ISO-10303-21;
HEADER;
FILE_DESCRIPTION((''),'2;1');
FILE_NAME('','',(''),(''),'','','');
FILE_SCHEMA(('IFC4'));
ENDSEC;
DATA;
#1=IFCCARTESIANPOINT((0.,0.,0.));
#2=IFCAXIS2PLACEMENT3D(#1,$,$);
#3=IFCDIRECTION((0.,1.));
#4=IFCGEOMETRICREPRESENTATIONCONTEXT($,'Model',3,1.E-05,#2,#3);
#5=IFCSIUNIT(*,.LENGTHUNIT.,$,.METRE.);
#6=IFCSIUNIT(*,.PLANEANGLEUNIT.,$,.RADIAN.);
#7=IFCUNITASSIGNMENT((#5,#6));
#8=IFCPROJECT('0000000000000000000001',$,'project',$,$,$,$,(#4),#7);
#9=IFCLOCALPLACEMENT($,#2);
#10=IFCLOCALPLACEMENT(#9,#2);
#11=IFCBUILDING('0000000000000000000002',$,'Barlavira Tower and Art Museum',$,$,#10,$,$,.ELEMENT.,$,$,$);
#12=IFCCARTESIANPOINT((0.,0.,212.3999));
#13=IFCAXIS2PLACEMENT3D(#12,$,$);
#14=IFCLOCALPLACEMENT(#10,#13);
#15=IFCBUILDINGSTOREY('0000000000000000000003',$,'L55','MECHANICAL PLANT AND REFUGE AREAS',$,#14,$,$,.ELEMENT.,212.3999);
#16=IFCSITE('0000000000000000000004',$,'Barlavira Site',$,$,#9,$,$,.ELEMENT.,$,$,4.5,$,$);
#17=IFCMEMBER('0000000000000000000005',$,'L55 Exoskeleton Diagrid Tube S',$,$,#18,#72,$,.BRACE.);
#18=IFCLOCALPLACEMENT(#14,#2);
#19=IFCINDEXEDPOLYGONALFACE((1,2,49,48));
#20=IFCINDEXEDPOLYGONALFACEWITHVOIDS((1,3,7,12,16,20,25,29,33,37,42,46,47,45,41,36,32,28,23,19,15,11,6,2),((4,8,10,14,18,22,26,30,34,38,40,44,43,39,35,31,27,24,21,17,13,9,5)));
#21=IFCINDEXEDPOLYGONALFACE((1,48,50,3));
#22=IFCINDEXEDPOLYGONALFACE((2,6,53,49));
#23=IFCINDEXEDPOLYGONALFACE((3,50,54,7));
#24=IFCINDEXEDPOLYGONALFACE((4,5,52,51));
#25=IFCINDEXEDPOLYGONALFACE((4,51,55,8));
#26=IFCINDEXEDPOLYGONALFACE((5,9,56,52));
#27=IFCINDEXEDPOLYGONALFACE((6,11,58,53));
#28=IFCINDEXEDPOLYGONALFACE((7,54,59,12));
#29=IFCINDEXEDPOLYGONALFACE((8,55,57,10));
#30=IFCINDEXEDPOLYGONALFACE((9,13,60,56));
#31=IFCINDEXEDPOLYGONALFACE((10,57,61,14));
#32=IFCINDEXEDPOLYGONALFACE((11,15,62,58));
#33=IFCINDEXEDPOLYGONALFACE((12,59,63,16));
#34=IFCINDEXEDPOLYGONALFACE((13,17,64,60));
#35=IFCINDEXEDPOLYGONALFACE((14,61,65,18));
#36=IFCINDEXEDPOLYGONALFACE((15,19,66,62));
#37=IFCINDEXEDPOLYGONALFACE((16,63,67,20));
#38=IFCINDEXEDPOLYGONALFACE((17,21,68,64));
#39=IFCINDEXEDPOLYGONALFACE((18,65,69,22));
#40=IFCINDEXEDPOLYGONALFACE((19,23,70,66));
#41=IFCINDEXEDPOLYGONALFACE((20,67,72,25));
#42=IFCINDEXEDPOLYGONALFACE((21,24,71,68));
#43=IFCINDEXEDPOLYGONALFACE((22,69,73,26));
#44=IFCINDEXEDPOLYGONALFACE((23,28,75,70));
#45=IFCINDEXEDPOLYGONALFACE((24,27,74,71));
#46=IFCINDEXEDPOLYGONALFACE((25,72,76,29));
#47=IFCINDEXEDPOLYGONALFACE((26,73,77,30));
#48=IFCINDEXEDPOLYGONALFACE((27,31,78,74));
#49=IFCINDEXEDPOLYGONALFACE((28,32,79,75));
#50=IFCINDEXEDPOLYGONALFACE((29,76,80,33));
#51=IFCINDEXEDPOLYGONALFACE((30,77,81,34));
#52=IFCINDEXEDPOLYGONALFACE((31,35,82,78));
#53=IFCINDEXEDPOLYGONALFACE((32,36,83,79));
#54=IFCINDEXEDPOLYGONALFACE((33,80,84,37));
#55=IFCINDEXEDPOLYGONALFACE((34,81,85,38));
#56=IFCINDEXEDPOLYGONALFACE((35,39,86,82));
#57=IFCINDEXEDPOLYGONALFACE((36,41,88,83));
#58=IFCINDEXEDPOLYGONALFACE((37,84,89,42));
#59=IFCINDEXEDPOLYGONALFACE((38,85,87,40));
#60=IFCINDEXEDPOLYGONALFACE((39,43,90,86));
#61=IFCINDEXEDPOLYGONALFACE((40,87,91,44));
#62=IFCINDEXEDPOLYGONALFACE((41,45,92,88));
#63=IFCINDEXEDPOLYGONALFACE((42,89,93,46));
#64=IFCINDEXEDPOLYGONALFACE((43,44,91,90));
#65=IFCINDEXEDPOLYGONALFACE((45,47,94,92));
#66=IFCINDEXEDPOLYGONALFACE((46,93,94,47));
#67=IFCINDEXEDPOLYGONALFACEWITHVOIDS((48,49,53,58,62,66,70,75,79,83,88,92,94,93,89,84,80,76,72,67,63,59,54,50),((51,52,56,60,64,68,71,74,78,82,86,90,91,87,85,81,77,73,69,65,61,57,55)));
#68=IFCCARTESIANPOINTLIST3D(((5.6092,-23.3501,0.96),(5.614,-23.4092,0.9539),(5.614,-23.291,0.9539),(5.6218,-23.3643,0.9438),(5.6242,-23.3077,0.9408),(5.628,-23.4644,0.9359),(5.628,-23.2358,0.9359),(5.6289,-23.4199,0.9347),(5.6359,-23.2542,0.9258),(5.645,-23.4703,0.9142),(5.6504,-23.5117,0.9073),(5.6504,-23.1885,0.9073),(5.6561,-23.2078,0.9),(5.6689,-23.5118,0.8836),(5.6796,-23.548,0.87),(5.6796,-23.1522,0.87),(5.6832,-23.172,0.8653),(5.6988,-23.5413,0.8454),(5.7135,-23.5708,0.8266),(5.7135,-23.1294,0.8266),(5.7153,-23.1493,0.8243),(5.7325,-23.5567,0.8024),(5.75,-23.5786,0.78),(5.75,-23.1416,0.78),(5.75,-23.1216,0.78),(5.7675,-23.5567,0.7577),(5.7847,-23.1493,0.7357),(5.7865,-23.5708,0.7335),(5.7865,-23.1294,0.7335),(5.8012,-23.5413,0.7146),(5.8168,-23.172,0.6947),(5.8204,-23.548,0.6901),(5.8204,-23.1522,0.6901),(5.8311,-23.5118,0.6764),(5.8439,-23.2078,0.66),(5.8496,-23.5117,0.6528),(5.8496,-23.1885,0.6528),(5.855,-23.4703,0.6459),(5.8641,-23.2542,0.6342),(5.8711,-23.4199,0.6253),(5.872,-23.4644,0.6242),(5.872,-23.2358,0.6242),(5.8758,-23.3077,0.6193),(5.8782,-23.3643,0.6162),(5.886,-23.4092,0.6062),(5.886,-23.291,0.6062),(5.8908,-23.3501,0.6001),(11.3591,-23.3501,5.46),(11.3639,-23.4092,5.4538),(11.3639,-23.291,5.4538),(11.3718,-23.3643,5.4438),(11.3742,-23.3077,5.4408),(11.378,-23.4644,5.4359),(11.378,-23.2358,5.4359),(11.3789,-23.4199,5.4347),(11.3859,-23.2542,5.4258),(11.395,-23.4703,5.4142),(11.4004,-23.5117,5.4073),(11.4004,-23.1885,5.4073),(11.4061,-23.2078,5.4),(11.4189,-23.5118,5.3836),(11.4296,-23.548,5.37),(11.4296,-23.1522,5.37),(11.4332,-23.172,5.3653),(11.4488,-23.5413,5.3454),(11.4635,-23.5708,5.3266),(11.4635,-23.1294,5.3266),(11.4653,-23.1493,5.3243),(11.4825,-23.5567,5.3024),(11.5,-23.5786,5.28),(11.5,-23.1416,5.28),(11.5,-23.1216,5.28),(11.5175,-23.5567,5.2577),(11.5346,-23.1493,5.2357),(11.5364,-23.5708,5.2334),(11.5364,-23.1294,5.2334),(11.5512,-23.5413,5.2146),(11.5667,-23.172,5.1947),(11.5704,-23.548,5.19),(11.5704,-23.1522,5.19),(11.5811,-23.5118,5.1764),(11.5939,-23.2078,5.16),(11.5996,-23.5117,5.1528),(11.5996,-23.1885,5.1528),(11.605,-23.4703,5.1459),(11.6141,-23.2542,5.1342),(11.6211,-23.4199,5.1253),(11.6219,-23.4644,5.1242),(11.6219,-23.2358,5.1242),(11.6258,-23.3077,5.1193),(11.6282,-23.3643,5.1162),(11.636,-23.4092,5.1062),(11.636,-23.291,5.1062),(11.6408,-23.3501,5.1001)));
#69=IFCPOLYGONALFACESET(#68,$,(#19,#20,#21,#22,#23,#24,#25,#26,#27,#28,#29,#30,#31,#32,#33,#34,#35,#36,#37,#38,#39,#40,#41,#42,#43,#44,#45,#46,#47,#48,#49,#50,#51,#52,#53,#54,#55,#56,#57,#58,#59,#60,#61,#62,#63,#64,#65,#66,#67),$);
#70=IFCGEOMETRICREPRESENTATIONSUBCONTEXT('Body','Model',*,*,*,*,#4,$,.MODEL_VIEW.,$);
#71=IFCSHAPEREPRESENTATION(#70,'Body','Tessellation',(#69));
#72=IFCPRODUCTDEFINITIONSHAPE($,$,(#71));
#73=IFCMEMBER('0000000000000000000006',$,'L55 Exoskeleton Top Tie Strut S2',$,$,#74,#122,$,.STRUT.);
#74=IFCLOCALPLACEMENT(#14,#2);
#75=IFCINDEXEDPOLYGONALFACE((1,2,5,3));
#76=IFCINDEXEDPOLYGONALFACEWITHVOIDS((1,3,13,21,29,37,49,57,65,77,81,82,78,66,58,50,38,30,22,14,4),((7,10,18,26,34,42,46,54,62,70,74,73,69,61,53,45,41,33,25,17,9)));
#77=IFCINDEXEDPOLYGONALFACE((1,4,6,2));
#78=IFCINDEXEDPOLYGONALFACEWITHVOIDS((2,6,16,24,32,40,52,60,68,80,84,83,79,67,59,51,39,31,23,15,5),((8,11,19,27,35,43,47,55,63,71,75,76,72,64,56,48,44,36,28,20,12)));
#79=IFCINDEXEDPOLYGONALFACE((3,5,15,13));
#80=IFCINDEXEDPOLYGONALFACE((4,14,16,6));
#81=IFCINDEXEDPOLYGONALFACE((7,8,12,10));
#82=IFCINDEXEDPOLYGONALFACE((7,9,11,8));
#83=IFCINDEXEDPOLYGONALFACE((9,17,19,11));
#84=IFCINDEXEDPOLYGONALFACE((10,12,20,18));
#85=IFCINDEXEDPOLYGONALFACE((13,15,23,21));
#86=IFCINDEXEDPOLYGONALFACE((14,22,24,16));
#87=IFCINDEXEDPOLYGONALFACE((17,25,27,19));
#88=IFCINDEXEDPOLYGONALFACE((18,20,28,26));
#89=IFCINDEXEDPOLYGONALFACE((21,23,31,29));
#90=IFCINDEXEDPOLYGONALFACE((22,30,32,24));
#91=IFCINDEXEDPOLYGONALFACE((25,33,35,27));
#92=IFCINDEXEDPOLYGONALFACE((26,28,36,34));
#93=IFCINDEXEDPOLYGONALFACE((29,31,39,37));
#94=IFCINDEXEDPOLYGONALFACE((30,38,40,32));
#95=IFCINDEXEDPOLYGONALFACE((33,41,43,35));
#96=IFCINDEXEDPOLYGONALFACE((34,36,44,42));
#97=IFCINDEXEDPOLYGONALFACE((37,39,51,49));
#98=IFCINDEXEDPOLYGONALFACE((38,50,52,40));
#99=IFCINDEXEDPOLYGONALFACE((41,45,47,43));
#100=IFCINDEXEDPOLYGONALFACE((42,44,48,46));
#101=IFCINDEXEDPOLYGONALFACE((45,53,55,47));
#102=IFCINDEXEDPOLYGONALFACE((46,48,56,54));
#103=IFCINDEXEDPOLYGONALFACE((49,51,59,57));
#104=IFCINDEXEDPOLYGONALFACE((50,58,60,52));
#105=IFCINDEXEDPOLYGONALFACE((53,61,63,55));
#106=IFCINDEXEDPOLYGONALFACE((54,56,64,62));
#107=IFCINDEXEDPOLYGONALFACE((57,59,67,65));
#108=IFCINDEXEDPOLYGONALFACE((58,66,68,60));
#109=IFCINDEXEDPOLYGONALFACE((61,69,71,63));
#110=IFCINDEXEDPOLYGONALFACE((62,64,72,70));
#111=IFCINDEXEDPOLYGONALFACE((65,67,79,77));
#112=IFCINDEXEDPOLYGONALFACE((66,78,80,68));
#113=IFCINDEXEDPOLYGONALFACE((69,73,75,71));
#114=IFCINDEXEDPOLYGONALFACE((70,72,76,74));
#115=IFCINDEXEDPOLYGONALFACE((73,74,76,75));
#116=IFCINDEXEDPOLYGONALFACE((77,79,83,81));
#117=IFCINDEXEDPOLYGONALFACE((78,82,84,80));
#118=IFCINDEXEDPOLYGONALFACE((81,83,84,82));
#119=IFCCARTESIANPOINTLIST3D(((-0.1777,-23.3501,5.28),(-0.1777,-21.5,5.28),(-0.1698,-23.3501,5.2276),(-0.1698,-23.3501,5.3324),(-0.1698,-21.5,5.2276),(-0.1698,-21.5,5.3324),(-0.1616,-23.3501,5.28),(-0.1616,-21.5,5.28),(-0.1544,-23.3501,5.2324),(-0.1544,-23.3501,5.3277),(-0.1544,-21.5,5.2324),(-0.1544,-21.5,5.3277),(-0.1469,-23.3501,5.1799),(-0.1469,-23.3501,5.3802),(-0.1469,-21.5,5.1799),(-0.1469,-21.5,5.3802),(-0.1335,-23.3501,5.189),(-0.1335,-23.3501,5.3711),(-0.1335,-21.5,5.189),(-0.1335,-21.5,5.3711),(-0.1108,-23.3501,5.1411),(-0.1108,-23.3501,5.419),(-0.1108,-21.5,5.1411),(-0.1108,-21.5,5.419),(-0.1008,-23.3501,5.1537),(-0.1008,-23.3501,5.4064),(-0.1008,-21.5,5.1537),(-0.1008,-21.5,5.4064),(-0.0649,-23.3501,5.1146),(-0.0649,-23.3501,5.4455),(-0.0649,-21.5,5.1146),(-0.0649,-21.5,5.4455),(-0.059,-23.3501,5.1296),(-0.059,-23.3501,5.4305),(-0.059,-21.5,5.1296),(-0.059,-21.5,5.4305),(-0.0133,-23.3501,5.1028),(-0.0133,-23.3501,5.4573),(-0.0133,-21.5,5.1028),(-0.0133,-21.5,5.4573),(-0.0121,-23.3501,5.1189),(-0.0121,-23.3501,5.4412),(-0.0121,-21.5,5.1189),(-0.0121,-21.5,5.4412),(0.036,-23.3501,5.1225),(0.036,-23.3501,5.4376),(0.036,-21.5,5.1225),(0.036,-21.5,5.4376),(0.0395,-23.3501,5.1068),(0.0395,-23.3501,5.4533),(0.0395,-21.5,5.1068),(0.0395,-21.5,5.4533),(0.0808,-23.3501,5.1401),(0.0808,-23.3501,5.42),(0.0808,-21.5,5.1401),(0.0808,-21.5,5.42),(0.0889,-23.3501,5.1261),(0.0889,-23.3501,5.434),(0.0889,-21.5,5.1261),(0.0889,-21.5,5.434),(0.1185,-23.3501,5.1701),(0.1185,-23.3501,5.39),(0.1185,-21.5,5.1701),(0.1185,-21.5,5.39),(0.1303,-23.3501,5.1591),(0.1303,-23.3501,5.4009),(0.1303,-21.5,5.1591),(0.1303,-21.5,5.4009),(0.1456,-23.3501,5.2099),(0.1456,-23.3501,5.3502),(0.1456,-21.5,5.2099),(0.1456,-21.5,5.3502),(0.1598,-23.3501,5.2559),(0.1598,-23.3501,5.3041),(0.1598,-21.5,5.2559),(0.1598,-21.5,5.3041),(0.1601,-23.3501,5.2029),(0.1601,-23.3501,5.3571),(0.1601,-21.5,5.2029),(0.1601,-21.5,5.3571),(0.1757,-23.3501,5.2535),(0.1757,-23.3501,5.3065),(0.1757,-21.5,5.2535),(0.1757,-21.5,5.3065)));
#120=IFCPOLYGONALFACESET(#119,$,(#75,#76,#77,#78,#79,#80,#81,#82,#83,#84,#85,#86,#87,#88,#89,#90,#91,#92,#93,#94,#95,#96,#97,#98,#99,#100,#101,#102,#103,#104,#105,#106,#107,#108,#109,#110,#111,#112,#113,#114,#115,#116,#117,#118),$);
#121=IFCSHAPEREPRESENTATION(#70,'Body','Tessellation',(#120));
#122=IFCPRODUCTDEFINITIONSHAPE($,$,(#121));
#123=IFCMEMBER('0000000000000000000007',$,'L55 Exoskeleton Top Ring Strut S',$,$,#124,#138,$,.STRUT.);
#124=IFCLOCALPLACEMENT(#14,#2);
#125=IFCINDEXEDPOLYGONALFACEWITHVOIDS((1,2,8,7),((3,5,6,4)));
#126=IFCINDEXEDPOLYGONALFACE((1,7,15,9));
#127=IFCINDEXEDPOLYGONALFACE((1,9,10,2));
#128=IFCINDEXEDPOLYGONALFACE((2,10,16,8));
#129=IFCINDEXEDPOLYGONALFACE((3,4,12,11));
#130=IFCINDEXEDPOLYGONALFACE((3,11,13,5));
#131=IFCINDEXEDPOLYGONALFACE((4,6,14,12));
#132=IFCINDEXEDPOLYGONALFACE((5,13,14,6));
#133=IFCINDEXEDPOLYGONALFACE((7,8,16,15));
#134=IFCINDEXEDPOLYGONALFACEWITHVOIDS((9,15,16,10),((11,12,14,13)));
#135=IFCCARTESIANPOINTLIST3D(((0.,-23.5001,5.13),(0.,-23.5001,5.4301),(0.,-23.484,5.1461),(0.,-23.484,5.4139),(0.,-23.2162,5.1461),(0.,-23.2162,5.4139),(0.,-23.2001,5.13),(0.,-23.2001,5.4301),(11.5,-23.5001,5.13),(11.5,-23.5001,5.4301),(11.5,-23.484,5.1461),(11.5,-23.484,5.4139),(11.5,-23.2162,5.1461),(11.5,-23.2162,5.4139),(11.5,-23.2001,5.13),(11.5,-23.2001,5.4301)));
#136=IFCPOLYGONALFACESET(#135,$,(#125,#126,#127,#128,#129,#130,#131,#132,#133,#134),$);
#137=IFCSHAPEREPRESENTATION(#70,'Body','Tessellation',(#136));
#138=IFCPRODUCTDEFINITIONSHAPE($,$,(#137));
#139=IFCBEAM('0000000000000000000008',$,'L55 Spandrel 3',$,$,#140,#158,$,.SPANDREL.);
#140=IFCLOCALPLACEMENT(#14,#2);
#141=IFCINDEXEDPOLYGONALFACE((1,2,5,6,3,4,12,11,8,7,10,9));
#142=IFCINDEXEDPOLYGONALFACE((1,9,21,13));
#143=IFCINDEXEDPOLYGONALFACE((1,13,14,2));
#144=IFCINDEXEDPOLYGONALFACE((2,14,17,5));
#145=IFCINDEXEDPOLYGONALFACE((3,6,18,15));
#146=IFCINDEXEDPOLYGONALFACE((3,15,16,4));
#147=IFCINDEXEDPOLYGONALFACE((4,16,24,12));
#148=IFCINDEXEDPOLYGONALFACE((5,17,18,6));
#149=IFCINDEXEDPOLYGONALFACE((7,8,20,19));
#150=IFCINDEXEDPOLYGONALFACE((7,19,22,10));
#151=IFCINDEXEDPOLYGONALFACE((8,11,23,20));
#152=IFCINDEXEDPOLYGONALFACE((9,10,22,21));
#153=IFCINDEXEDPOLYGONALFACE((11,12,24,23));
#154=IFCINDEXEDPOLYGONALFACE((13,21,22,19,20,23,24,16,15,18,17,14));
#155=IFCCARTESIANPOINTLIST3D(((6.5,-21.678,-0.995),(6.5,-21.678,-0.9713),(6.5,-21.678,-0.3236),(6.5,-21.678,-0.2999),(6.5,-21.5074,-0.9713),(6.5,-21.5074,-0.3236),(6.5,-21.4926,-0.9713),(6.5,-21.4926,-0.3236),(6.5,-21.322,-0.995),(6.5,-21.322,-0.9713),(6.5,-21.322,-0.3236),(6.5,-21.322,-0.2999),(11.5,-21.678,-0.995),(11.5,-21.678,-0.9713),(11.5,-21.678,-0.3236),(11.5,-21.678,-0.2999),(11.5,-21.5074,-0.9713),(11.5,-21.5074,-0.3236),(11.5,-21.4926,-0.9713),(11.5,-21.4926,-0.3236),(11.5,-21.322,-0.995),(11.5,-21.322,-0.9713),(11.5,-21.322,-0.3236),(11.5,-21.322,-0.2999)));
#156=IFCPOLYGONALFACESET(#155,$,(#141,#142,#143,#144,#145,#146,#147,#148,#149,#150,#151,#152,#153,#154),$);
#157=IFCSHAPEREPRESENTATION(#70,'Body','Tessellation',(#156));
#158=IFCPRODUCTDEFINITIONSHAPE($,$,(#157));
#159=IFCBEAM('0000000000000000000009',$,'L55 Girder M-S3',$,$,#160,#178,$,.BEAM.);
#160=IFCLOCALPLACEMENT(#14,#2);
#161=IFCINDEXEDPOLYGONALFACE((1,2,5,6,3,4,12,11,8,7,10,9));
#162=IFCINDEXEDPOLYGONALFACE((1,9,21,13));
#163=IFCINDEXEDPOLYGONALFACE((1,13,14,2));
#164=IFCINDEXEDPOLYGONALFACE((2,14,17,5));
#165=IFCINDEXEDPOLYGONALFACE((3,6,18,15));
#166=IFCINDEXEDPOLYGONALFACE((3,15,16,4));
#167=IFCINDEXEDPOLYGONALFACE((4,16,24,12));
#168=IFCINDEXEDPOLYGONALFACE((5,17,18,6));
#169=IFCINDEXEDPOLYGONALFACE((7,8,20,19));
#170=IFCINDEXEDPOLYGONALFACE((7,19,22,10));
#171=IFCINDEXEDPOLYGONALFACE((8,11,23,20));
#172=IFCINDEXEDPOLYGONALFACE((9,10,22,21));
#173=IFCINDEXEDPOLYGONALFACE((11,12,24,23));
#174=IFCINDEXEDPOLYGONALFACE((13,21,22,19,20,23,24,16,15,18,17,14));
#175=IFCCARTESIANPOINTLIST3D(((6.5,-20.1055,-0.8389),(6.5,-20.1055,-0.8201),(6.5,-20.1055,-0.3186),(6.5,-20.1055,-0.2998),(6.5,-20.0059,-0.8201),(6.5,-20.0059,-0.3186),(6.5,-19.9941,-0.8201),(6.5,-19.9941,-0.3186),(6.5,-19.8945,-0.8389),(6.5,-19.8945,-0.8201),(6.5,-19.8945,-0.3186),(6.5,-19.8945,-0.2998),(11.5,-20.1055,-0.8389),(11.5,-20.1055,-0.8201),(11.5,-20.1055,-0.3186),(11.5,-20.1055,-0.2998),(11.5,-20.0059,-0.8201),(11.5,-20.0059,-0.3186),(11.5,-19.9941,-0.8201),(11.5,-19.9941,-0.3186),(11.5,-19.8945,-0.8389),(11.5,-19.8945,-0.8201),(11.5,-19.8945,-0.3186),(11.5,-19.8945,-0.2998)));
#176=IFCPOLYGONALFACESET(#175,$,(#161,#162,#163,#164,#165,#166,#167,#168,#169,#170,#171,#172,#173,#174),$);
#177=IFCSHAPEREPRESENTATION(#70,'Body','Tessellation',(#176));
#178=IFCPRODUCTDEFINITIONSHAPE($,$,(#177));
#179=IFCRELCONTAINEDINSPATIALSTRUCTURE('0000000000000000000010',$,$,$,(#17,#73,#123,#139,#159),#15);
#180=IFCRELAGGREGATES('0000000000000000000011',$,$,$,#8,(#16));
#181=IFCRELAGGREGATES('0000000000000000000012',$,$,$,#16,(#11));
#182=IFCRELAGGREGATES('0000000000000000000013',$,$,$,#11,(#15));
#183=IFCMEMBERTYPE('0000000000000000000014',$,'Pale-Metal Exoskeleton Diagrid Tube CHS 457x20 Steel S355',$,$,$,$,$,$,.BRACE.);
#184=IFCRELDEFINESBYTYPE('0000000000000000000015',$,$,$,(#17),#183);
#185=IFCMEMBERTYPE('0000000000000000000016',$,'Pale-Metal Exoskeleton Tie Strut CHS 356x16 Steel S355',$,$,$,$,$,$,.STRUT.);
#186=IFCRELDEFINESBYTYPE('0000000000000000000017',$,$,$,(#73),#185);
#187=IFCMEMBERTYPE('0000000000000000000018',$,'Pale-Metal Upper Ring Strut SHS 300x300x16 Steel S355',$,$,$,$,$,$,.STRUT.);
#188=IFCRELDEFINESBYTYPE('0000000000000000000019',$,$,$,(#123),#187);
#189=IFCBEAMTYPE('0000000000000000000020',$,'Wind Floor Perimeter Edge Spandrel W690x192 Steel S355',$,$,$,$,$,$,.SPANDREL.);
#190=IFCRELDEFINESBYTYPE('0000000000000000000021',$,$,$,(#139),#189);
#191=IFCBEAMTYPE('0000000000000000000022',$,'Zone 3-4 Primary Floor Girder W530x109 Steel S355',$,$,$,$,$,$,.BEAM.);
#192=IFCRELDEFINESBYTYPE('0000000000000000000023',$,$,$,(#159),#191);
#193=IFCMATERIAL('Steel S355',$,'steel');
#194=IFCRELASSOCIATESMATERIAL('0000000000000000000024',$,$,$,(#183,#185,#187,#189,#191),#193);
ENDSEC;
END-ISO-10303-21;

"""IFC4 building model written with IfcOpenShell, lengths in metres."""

from ifc_helpers import new_model, si_unit, direction, frame, origin, origin_2d, place, context, subcontext, project, spatial, hollow_rectangle, hollow_circle, i_section, extrude, material, material_profile, profile_set, type_object, element, save


model = new_model("IFC4")

# Units and contexts
model_context = context("Model", 3, precision=1e-05, world=origin(), true_north=direction((0.0, 1.0)))
body_context = subcontext(model_context, "Body", "Model", "MODEL_VIEW")
ifc_project = project(units=[si_unit("LENGTHUNIT", "METRE"), si_unit("PLANEANGLEUNIT", "RADIAN")], contexts=[model_context])

# Site, building, storey
site_placement = place(None, origin())
site = spatial("IfcSite", under=ifc_project, at=site_placement, Name="Barlavira Site", CompositionType="ELEMENT", RefElevation=4.5)
building_placement = place(site_placement, origin())
building = spatial("IfcBuilding", under=site, at=building_placement, Name="Barlavira Tower and Art Museum", CompositionType="ELEMENT")
storey_placement = place(building_placement, frame((0.0, 0.0, 212.3999)))
storey = spatial("IfcBuildingStorey", under=building, at=storey_placement, Name="L55", Description="MECHANICAL PLANT AND REFUGE AREAS", CompositionType="ELEMENT", Elevation=212.3999)

# Members
ifc_material_1 = material(Name="Steel S355", Category="steel")
ifc_material_profile_1 = material_profile(ifc_material_1, hollow_circle(Radius=0.2285, WallThickness=0.02, at=origin_2d()), Name="CHS 457.0x20.0")
ifc_profile_set_1 = profile_set([ifc_material_profile_1], Name="Steel S355")
member_type_1 = type_object("IfcMemberType", Name="Pale-Metal Exoskeleton Diagrid Tube CHS 457x20 Steel S355", PredefinedType="BRACE", material=ifc_profile_set_1)
for number, where, z_axis, x_axis, name in (
    (1, (5.75, -23.3501, 0.78), (0.787505, 0.0, 0.616308), (0.0, 1.0, 0.0), "L55 Exoskeleton Diagrid Tube S"),
):
    element("IfcMember", number, at=place(storey_placement, frame(where, z_axis=z_axis, x_axis=x_axis)), inside=storey, type_object=member_type_1, Name=name, PredefinedType="BRACE", context=body_context, shape_type="SweptSolid", body=[
        extrude(hollow_circle(Radius=0.2285, WallThickness=0.02, at=origin_2d()), origin(), (0.0, 0.0, 1.0), 7.3015),
    ])
ifc_material_profile_2 = material_profile(ifc_material_1, hollow_circle(Radius=0.1777, WallThickness=0.0161, at=origin_2d()), Name="CHS 355.6x16.0")
ifc_profile_set_2 = profile_set([ifc_material_profile_2], Name="Steel S355")
member_type_2 = type_object("IfcMemberType", Name="Pale-Metal Exoskeleton Tie Strut CHS 356x16 Steel S355", PredefinedType="STRUT", material=ifc_profile_set_2)
member_1_placement = place(storey_placement, frame((0.0, -23.3501, 5.28), z_axis=(0.0, 1.0, 0.0), x_axis=(-1.0, 0.0, 0.0)))
element("IfcMember", 2, at=member_1_placement, inside=storey, type_object=member_type_2, Name="L55 Exoskeleton Top Tie Strut S2", PredefinedType="STRUT", context=body_context, shape_type="SweptSolid", body=[
    extrude(hollow_circle(Radius=0.1777, WallThickness=0.0161, at=origin_2d()), origin(), (0.0, 0.0, 1.0), 1.8501),
])
ifc_material_profile_3 = material_profile(ifc_material_1, hollow_rectangle(XDim=0.3, YDim=0.3, WallThickness=0.0161, at=origin_2d()), Name="SHS 300x300x16.0")
ifc_profile_set_3 = profile_set([ifc_material_profile_3], Name="Steel S355")
member_type_3 = type_object("IfcMemberType", Name="Pale-Metal Upper Ring Strut SHS 300x300x16 Steel S355", PredefinedType="STRUT", material=ifc_profile_set_3)
member_2_placement = place(storey_placement, frame((0.0, -23.3501, 5.28), z_axis=(1.0, 0.0, 0.0), x_axis=(0.0, 1.0, 0.0)))
element("IfcMember", 3, at=member_2_placement, inside=storey, type_object=member_type_3, Name="L55 Exoskeleton Top Ring Strut S", PredefinedType="STRUT", context=body_context, shape_type="SweptSolid", body=[
    extrude(hollow_rectangle(XDim=0.3, YDim=0.3, WallThickness=0.0161, at=origin_2d()), origin(), (0.0, 0.0, 1.0), 11.5),
])

# Beams
ifc_material_profile_4 = material_profile(ifc_material_1, i_section(OverallWidth=0.356, OverallDepth=0.6951, WebThickness=0.0149, FlangeThickness=0.0237, at=origin_2d()), Name="W690x192.0")
ifc_profile_set_4 = profile_set([ifc_material_profile_4], Name="Steel S355")
beam_type_1 = type_object("IfcBeamType", Name="Wind Floor Perimeter Edge Spandrel W690x192 Steel S355", PredefinedType="SPANDREL", material=ifc_profile_set_4)
beam_1_placement = place(storey_placement, frame((6.5, -21.5, -0.6475), z_axis=(1.0, 0.0, 0.0), x_axis=(0.0, 1.0, 0.0)))
element("IfcBeam", 4, at=beam_1_placement, inside=storey, type_object=beam_type_1, Name="L55 Spandrel 3", PredefinedType="SPANDREL", context=body_context, shape_type="SweptSolid", body=[
    extrude(i_section(OverallWidth=0.356, OverallDepth=0.6951, WebThickness=0.0149, FlangeThickness=0.0237, at=origin_2d()), origin(), (0.0, 0.0, 1.0), 5.0),
])
ifc_material_profile_5 = material_profile(ifc_material_1, i_section(OverallWidth=0.2109, OverallDepth=0.5391, WebThickness=0.0117, FlangeThickness=0.0188, at=origin_2d()), Name="W530x109.0")
ifc_profile_set_5 = profile_set([ifc_material_profile_5], Name="Steel S355")
beam_type_2 = type_object("IfcBeamType", Name="Zone 3-4 Primary Floor Girder W530x109 Steel S355", PredefinedType="BEAM", material=ifc_profile_set_5)
beam_2_placement = place(storey_placement, frame((6.5, -20.0, -0.5693), z_axis=(1.0, 0.0, 0.0), x_axis=(0.0, 1.0, 0.0)))
element("IfcBeam", 5, at=beam_2_placement, inside=storey, type_object=beam_type_2, Name="L55 Girder M-S3", PredefinedType="BEAM", context=body_context, shape_type="SweptSolid", body=[
    extrude(i_section(OverallWidth=0.2109, OverallDepth=0.5391, WebThickness=0.0117, FlangeThickness=0.0188, at=origin_2d()), origin(), (0.0, 0.0, 1.0), 5.0),
])

save(model, "model.ifc")
